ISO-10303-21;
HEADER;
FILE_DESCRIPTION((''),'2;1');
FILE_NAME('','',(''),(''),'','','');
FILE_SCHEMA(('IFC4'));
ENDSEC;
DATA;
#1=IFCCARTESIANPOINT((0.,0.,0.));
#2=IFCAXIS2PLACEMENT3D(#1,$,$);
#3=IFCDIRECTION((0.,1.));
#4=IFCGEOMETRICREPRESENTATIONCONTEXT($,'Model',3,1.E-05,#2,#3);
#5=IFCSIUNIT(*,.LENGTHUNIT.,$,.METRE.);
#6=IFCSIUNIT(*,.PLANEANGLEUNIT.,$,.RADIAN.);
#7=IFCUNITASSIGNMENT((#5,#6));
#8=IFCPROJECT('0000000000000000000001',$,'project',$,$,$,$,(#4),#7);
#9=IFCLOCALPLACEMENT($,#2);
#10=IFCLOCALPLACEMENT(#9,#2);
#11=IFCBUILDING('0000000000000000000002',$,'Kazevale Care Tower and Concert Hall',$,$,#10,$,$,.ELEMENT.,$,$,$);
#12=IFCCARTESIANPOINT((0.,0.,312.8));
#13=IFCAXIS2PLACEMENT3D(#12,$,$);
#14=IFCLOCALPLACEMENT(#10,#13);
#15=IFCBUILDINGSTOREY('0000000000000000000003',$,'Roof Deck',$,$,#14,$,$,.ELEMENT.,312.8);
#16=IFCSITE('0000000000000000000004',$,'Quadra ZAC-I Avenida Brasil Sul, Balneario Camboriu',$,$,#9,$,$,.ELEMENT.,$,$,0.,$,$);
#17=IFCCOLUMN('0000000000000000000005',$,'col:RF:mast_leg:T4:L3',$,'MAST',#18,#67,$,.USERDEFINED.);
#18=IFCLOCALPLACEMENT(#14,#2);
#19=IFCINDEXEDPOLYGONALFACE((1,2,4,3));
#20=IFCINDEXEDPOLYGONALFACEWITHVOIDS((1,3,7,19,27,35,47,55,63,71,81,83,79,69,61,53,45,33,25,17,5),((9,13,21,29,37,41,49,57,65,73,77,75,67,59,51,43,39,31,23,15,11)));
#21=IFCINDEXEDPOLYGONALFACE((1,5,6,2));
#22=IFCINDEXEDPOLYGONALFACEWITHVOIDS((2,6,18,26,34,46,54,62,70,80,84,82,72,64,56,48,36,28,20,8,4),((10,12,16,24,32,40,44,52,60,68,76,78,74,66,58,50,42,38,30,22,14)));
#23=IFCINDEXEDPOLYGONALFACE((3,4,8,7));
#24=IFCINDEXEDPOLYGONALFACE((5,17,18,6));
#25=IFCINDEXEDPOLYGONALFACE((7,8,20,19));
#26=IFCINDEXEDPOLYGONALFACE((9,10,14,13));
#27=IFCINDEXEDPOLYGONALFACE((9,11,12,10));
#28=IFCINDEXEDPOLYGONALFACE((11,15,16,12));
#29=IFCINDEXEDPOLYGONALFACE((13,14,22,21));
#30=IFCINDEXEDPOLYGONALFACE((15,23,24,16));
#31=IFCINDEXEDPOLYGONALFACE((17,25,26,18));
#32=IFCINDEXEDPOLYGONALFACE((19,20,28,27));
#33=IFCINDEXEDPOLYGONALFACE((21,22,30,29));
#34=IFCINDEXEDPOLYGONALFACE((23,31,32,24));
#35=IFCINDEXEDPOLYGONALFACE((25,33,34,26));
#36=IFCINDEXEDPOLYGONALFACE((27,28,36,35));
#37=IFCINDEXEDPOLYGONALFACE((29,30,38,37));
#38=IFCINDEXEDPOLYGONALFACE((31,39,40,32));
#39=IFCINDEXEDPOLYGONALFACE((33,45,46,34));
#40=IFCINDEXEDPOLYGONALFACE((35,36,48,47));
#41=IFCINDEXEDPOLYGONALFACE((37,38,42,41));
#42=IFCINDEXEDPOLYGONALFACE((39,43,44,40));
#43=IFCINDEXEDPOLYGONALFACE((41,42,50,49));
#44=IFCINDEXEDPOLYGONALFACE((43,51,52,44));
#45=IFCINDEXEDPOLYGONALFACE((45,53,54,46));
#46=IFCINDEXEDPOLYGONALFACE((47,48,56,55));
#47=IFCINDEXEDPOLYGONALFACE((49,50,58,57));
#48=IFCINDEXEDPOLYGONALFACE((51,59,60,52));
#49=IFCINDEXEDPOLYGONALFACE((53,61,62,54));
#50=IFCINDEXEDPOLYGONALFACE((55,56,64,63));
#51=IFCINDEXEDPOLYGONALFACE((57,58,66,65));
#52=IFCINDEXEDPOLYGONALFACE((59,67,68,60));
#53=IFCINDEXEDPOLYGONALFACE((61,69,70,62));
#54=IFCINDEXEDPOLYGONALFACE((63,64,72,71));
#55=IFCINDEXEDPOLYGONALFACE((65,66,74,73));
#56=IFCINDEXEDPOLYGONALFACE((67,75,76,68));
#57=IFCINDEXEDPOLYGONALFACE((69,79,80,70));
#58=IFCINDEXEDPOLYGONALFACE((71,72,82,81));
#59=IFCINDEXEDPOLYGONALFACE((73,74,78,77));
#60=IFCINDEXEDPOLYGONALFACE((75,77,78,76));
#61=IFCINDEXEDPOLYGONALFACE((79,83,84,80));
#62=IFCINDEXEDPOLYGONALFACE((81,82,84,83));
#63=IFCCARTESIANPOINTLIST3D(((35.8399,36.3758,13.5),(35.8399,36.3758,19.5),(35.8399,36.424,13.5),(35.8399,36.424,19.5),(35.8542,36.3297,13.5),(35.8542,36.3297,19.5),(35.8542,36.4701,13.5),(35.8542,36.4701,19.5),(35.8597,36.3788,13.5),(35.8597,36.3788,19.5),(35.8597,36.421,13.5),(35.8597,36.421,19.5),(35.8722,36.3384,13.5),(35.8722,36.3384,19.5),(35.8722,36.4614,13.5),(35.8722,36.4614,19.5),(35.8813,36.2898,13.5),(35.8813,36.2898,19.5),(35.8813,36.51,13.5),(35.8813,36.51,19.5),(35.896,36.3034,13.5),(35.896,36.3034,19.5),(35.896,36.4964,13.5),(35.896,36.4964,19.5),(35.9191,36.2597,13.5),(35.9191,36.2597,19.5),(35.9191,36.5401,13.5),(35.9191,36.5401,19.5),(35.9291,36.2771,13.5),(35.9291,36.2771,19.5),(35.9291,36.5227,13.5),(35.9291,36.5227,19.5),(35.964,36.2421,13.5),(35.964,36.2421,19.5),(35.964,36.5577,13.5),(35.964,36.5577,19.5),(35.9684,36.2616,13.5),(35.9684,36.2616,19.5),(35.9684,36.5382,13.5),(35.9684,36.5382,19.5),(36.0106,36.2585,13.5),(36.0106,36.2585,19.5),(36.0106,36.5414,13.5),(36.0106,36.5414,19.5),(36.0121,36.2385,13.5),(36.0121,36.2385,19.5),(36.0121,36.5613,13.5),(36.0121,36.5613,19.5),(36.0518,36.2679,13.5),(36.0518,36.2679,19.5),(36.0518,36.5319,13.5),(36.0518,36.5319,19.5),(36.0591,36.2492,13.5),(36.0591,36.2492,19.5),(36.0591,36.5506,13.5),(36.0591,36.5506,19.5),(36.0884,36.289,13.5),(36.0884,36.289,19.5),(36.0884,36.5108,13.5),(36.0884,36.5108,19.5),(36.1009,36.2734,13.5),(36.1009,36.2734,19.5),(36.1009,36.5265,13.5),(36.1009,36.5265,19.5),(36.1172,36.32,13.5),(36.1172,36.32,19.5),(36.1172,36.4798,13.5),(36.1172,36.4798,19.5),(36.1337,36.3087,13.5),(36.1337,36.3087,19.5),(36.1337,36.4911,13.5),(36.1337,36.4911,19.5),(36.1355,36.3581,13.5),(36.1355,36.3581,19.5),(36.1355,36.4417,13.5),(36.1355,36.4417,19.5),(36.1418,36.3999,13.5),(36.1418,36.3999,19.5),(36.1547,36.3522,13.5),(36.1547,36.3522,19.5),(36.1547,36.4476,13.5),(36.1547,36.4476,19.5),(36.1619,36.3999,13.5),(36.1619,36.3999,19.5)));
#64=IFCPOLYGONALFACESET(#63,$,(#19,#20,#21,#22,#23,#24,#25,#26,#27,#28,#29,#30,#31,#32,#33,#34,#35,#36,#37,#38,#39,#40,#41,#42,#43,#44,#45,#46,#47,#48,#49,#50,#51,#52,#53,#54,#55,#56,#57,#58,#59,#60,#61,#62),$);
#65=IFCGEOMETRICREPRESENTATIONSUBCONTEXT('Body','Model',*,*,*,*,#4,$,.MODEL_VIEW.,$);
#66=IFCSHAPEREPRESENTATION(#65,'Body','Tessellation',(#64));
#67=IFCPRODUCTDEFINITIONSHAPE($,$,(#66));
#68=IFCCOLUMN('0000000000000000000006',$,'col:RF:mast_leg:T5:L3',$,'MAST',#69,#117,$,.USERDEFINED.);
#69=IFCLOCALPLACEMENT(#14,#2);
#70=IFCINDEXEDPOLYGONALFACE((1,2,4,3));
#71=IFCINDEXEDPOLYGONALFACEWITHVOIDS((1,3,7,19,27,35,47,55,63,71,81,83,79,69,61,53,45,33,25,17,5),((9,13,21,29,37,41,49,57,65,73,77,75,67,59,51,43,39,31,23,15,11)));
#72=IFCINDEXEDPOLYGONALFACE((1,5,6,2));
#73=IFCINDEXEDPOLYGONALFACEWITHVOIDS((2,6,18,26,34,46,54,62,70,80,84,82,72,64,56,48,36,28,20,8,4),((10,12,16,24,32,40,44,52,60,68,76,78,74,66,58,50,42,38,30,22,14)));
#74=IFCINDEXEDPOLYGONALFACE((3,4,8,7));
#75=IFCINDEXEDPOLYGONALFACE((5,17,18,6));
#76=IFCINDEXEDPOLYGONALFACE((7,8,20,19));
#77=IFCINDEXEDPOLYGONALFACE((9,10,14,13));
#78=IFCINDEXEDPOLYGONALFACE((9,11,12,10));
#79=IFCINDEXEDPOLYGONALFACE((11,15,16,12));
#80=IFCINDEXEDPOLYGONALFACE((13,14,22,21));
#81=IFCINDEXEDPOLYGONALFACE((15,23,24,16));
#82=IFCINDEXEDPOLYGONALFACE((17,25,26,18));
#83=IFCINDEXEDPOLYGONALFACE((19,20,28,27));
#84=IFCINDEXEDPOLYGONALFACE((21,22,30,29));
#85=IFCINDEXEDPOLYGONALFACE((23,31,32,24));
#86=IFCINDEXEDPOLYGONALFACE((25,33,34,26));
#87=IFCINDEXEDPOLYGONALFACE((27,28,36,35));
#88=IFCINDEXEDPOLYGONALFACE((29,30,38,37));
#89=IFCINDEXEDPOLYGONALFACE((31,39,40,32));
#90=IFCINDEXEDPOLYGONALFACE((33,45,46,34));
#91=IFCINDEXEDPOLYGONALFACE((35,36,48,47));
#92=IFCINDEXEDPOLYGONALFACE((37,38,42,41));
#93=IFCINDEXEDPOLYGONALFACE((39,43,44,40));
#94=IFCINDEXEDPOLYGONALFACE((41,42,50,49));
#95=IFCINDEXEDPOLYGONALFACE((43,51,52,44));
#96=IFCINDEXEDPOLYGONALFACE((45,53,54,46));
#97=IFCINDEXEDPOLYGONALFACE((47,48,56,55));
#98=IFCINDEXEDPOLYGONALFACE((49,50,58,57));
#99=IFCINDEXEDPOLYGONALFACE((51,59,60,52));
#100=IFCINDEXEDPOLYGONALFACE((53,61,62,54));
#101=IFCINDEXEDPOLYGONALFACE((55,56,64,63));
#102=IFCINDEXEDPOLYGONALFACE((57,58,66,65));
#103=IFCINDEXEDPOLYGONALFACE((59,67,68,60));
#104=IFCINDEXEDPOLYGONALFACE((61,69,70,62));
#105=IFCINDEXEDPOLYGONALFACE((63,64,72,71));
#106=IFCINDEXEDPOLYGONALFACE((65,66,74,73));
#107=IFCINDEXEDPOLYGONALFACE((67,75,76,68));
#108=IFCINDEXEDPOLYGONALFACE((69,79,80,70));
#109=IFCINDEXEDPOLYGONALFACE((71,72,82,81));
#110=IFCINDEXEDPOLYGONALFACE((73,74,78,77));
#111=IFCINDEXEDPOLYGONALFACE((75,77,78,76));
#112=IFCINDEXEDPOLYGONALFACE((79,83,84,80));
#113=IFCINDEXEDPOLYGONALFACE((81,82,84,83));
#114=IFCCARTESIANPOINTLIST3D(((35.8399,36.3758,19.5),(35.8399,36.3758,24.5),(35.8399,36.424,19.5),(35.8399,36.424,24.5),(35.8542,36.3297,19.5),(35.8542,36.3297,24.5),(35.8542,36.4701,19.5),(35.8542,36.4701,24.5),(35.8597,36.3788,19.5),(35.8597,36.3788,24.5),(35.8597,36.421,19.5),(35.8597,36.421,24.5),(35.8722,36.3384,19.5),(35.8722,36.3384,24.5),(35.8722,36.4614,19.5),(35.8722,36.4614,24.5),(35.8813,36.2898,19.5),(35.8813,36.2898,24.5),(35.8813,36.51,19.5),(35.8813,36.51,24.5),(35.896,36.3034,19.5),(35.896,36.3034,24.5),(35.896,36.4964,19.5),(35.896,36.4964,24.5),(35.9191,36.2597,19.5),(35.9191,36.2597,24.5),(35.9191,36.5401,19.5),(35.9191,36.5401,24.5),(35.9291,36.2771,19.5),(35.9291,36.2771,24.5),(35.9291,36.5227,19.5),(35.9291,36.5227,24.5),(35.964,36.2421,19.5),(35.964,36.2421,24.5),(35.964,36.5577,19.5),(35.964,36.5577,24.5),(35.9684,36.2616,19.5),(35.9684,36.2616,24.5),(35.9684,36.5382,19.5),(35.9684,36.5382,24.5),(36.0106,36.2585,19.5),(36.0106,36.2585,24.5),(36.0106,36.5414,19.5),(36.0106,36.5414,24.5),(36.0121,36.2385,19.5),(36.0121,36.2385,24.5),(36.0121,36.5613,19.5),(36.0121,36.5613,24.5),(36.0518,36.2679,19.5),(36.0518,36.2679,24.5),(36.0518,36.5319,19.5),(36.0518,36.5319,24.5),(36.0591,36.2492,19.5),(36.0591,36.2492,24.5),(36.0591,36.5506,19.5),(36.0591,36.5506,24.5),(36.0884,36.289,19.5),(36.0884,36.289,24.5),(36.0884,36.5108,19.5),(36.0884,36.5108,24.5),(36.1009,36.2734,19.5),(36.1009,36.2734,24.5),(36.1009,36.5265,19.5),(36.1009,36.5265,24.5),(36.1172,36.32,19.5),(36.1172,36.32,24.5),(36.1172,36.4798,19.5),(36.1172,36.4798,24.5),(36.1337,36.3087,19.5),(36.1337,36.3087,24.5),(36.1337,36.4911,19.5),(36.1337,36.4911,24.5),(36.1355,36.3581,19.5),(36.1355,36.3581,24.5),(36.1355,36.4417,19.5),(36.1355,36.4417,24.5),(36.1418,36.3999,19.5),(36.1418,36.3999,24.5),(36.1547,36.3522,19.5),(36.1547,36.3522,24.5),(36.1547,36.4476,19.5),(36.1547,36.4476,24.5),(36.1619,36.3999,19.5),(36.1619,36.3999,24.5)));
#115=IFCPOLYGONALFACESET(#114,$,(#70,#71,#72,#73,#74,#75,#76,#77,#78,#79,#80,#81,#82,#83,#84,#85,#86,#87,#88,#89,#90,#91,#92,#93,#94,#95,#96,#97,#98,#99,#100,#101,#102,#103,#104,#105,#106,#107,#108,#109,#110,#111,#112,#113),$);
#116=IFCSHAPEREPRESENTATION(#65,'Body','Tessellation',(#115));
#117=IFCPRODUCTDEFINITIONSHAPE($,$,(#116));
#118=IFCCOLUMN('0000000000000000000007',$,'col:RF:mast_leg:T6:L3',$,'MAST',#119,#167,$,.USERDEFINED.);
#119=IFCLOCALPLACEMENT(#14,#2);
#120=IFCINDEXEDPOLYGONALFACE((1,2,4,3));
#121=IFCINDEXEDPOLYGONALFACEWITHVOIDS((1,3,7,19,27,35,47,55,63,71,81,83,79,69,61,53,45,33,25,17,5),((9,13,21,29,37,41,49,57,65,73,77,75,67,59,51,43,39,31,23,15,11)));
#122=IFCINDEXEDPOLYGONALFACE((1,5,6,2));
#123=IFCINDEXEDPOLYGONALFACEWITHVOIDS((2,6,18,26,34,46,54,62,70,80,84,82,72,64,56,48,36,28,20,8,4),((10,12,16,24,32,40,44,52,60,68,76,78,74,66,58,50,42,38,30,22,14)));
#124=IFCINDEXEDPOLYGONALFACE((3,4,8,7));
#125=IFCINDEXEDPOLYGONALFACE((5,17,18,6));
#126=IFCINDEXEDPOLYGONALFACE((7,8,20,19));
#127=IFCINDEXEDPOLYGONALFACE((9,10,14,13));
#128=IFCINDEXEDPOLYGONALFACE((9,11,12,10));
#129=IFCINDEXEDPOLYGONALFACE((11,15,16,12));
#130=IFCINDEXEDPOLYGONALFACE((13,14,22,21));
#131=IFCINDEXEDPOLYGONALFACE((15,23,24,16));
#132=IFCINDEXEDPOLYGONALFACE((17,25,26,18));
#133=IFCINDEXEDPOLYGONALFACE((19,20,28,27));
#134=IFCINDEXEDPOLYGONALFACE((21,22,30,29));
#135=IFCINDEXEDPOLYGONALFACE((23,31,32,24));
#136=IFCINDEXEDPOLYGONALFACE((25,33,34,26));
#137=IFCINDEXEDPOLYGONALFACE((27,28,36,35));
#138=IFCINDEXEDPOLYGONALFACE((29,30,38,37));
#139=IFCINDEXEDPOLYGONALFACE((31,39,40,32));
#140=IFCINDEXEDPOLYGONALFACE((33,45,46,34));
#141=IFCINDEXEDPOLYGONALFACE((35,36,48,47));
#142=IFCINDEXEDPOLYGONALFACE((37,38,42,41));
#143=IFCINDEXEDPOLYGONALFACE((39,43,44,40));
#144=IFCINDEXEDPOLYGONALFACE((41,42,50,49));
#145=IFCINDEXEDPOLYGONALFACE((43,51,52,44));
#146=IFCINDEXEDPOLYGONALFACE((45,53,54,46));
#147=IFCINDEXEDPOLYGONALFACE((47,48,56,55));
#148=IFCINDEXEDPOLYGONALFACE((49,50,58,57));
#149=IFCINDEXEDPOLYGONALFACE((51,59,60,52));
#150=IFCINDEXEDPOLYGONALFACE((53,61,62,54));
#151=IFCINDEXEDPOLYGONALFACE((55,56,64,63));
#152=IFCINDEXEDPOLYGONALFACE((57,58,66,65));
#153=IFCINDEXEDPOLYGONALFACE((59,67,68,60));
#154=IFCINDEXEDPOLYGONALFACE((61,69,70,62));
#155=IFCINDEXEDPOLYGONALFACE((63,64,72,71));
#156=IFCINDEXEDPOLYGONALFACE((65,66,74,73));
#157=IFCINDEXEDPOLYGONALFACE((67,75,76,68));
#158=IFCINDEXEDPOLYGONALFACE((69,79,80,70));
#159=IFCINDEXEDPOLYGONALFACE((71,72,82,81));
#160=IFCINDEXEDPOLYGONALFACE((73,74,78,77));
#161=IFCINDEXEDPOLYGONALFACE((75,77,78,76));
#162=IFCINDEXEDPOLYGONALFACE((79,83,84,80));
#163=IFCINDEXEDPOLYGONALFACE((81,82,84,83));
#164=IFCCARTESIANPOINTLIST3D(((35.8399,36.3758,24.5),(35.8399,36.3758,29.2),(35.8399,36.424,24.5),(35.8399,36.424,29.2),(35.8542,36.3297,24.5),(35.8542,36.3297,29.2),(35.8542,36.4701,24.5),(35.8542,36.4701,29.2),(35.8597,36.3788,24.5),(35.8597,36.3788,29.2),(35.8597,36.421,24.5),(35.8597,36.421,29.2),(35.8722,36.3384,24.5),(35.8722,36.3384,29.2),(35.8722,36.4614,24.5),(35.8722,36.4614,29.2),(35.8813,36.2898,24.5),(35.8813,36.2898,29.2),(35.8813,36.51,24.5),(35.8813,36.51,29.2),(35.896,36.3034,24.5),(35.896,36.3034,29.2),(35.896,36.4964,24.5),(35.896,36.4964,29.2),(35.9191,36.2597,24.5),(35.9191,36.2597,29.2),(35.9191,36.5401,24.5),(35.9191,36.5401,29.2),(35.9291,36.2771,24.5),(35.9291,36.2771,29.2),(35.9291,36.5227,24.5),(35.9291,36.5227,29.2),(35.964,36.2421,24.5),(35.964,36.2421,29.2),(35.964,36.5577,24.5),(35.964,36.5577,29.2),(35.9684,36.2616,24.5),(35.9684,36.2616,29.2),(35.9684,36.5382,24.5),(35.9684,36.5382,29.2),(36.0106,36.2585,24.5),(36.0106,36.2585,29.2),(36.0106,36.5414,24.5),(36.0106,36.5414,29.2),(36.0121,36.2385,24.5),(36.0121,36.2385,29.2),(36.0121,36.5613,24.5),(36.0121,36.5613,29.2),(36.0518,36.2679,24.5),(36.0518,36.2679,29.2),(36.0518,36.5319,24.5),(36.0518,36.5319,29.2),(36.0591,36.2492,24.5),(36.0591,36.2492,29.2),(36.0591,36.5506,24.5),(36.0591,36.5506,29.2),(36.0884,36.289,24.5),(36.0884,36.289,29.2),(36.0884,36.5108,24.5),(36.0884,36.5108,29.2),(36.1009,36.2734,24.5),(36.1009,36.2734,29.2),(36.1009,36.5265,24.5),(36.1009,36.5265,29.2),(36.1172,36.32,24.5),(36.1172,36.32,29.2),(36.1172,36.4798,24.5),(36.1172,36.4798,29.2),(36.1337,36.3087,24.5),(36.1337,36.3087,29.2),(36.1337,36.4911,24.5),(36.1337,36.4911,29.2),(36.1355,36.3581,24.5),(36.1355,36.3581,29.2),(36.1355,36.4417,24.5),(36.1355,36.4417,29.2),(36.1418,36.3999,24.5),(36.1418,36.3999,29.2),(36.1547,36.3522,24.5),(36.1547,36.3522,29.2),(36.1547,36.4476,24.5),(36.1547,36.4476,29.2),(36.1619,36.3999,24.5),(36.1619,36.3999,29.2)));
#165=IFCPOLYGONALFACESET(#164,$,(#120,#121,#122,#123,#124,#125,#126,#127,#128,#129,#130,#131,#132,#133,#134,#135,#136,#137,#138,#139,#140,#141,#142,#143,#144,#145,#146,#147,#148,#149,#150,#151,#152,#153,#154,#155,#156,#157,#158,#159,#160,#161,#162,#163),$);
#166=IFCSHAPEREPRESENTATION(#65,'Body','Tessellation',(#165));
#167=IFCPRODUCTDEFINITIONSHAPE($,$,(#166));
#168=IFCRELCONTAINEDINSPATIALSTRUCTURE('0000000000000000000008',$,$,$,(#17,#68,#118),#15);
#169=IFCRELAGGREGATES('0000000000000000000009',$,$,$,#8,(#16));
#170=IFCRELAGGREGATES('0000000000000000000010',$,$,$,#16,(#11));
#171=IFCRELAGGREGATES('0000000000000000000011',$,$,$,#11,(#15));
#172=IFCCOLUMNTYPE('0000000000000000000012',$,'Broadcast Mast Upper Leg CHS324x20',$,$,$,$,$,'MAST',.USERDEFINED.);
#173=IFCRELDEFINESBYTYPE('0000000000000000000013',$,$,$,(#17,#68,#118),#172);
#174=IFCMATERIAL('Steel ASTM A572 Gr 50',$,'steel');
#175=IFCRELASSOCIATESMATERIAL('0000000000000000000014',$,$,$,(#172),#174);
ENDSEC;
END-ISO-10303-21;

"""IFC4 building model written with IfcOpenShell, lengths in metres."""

from ifc_helpers import new_model, si_unit, direction, frame, origin, origin_2d, place, context, subcontext, project, spatial, hollow_circle, extrude, material, material_profile, profile_set, type_object, element, save


model = new_model("IFC4")

# Units and contexts
model_context = context("Model", 3, precision=1e-05, world=origin(), true_north=direction((0.0, 1.0)))
body_context = subcontext(model_context, "Body", "Model", "MODEL_VIEW")
ifc_project = project(units=[si_unit("LENGTHUNIT", "METRE"), si_unit("PLANEANGLEUNIT", "RADIAN")], contexts=[model_context])

# Site, building, storey
site_placement = place(None, origin())
site = spatial("IfcSite", under=ifc_project, at=site_placement, Name="Quadra ZAC-I Avenida Brasil Sul, Balneario Camboriu", CompositionType="ELEMENT", RefElevation=0.0)
building_placement = place(site_placement, origin())
building = spatial("IfcBuilding", under=site, at=building_placement, Name="Kazevale Care Tower and Concert Hall", CompositionType="ELEMENT")
storey_placement = place(building_placement, frame((0.0, 0.0, 312.8)))
storey = spatial("IfcBuildingStorey", under=building, at=storey_placement, Name="Roof Deck", CompositionType="ELEMENT", Elevation=312.8)

# Columns
ifc_material_1 = material(Name="Steel ASTM A572 Gr 50", Category="steel")
ifc_material_profile_1 = material_profile(ifc_material_1, hollow_circle(Radius=0.1619, WallThickness=0.02, at=origin_2d()), Name="CHS324x20")
ifc_profile_set_1 = profile_set([ifc_material_profile_1], Name="Steel ASTM A572 Gr 50")
column_type_1 = type_object("IfcColumnType", Name="Broadcast Mast Upper Leg CHS324x20", ElementType="MAST", PredefinedType="USERDEFINED", material=ifc_profile_set_1)
column_1_placement = place(storey_placement, frame((36.0, 36.3999, 13.5), z_axis=(0.0, 0.0, 1.0), x_axis=(1.0, 0.0, 0.0)))
element("IfcColumn", 1, at=column_1_placement, inside=storey, type_object=column_type_1, Name="col:RF:mast_leg:T4:L3", ObjectType="MAST", PredefinedType="USERDEFINED", context=body_context, shape_type="SweptSolid", body=[
    extrude(hollow_circle(Radius=0.1619, WallThickness=0.02, at=origin_2d()), origin(), (0.0, 0.0, 1.0), 6.0),
])
column_2_placement = place(storey_placement, frame((36.0, 36.3999, 19.5), z_axis=(0.0, 0.0, 1.0), x_axis=(1.0, 0.0, 0.0)))
element("IfcColumn", 2, at=column_2_placement, inside=storey, type_object=column_type_1, Name="col:RF:mast_leg:T5:L3", ObjectType="MAST", PredefinedType="USERDEFINED", context=body_context, shape_type="SweptSolid", body=[
    extrude(hollow_circle(Radius=0.1619, WallThickness=0.02, at=origin_2d()), origin(), (0.0, 0.0, 1.0), 5.0),
])
column_3_placement = place(storey_placement, frame((36.0, 36.3999, 24.5), z_axis=(0.0, 0.0, 1.0), x_axis=(1.0, 0.0, 0.0)))
element("IfcColumn", 3, at=column_3_placement, inside=storey, type_object=column_type_1, Name="col:RF:mast_leg:T6:L3", ObjectType="MAST", PredefinedType="USERDEFINED", context=body_context, shape_type="SweptSolid", body=[
    extrude(hollow_circle(Radius=0.1619, WallThickness=0.02, at=origin_2d()), origin(), (0.0, 0.0, 1.0), 4.7),
])

save(model, "model.ifc")
